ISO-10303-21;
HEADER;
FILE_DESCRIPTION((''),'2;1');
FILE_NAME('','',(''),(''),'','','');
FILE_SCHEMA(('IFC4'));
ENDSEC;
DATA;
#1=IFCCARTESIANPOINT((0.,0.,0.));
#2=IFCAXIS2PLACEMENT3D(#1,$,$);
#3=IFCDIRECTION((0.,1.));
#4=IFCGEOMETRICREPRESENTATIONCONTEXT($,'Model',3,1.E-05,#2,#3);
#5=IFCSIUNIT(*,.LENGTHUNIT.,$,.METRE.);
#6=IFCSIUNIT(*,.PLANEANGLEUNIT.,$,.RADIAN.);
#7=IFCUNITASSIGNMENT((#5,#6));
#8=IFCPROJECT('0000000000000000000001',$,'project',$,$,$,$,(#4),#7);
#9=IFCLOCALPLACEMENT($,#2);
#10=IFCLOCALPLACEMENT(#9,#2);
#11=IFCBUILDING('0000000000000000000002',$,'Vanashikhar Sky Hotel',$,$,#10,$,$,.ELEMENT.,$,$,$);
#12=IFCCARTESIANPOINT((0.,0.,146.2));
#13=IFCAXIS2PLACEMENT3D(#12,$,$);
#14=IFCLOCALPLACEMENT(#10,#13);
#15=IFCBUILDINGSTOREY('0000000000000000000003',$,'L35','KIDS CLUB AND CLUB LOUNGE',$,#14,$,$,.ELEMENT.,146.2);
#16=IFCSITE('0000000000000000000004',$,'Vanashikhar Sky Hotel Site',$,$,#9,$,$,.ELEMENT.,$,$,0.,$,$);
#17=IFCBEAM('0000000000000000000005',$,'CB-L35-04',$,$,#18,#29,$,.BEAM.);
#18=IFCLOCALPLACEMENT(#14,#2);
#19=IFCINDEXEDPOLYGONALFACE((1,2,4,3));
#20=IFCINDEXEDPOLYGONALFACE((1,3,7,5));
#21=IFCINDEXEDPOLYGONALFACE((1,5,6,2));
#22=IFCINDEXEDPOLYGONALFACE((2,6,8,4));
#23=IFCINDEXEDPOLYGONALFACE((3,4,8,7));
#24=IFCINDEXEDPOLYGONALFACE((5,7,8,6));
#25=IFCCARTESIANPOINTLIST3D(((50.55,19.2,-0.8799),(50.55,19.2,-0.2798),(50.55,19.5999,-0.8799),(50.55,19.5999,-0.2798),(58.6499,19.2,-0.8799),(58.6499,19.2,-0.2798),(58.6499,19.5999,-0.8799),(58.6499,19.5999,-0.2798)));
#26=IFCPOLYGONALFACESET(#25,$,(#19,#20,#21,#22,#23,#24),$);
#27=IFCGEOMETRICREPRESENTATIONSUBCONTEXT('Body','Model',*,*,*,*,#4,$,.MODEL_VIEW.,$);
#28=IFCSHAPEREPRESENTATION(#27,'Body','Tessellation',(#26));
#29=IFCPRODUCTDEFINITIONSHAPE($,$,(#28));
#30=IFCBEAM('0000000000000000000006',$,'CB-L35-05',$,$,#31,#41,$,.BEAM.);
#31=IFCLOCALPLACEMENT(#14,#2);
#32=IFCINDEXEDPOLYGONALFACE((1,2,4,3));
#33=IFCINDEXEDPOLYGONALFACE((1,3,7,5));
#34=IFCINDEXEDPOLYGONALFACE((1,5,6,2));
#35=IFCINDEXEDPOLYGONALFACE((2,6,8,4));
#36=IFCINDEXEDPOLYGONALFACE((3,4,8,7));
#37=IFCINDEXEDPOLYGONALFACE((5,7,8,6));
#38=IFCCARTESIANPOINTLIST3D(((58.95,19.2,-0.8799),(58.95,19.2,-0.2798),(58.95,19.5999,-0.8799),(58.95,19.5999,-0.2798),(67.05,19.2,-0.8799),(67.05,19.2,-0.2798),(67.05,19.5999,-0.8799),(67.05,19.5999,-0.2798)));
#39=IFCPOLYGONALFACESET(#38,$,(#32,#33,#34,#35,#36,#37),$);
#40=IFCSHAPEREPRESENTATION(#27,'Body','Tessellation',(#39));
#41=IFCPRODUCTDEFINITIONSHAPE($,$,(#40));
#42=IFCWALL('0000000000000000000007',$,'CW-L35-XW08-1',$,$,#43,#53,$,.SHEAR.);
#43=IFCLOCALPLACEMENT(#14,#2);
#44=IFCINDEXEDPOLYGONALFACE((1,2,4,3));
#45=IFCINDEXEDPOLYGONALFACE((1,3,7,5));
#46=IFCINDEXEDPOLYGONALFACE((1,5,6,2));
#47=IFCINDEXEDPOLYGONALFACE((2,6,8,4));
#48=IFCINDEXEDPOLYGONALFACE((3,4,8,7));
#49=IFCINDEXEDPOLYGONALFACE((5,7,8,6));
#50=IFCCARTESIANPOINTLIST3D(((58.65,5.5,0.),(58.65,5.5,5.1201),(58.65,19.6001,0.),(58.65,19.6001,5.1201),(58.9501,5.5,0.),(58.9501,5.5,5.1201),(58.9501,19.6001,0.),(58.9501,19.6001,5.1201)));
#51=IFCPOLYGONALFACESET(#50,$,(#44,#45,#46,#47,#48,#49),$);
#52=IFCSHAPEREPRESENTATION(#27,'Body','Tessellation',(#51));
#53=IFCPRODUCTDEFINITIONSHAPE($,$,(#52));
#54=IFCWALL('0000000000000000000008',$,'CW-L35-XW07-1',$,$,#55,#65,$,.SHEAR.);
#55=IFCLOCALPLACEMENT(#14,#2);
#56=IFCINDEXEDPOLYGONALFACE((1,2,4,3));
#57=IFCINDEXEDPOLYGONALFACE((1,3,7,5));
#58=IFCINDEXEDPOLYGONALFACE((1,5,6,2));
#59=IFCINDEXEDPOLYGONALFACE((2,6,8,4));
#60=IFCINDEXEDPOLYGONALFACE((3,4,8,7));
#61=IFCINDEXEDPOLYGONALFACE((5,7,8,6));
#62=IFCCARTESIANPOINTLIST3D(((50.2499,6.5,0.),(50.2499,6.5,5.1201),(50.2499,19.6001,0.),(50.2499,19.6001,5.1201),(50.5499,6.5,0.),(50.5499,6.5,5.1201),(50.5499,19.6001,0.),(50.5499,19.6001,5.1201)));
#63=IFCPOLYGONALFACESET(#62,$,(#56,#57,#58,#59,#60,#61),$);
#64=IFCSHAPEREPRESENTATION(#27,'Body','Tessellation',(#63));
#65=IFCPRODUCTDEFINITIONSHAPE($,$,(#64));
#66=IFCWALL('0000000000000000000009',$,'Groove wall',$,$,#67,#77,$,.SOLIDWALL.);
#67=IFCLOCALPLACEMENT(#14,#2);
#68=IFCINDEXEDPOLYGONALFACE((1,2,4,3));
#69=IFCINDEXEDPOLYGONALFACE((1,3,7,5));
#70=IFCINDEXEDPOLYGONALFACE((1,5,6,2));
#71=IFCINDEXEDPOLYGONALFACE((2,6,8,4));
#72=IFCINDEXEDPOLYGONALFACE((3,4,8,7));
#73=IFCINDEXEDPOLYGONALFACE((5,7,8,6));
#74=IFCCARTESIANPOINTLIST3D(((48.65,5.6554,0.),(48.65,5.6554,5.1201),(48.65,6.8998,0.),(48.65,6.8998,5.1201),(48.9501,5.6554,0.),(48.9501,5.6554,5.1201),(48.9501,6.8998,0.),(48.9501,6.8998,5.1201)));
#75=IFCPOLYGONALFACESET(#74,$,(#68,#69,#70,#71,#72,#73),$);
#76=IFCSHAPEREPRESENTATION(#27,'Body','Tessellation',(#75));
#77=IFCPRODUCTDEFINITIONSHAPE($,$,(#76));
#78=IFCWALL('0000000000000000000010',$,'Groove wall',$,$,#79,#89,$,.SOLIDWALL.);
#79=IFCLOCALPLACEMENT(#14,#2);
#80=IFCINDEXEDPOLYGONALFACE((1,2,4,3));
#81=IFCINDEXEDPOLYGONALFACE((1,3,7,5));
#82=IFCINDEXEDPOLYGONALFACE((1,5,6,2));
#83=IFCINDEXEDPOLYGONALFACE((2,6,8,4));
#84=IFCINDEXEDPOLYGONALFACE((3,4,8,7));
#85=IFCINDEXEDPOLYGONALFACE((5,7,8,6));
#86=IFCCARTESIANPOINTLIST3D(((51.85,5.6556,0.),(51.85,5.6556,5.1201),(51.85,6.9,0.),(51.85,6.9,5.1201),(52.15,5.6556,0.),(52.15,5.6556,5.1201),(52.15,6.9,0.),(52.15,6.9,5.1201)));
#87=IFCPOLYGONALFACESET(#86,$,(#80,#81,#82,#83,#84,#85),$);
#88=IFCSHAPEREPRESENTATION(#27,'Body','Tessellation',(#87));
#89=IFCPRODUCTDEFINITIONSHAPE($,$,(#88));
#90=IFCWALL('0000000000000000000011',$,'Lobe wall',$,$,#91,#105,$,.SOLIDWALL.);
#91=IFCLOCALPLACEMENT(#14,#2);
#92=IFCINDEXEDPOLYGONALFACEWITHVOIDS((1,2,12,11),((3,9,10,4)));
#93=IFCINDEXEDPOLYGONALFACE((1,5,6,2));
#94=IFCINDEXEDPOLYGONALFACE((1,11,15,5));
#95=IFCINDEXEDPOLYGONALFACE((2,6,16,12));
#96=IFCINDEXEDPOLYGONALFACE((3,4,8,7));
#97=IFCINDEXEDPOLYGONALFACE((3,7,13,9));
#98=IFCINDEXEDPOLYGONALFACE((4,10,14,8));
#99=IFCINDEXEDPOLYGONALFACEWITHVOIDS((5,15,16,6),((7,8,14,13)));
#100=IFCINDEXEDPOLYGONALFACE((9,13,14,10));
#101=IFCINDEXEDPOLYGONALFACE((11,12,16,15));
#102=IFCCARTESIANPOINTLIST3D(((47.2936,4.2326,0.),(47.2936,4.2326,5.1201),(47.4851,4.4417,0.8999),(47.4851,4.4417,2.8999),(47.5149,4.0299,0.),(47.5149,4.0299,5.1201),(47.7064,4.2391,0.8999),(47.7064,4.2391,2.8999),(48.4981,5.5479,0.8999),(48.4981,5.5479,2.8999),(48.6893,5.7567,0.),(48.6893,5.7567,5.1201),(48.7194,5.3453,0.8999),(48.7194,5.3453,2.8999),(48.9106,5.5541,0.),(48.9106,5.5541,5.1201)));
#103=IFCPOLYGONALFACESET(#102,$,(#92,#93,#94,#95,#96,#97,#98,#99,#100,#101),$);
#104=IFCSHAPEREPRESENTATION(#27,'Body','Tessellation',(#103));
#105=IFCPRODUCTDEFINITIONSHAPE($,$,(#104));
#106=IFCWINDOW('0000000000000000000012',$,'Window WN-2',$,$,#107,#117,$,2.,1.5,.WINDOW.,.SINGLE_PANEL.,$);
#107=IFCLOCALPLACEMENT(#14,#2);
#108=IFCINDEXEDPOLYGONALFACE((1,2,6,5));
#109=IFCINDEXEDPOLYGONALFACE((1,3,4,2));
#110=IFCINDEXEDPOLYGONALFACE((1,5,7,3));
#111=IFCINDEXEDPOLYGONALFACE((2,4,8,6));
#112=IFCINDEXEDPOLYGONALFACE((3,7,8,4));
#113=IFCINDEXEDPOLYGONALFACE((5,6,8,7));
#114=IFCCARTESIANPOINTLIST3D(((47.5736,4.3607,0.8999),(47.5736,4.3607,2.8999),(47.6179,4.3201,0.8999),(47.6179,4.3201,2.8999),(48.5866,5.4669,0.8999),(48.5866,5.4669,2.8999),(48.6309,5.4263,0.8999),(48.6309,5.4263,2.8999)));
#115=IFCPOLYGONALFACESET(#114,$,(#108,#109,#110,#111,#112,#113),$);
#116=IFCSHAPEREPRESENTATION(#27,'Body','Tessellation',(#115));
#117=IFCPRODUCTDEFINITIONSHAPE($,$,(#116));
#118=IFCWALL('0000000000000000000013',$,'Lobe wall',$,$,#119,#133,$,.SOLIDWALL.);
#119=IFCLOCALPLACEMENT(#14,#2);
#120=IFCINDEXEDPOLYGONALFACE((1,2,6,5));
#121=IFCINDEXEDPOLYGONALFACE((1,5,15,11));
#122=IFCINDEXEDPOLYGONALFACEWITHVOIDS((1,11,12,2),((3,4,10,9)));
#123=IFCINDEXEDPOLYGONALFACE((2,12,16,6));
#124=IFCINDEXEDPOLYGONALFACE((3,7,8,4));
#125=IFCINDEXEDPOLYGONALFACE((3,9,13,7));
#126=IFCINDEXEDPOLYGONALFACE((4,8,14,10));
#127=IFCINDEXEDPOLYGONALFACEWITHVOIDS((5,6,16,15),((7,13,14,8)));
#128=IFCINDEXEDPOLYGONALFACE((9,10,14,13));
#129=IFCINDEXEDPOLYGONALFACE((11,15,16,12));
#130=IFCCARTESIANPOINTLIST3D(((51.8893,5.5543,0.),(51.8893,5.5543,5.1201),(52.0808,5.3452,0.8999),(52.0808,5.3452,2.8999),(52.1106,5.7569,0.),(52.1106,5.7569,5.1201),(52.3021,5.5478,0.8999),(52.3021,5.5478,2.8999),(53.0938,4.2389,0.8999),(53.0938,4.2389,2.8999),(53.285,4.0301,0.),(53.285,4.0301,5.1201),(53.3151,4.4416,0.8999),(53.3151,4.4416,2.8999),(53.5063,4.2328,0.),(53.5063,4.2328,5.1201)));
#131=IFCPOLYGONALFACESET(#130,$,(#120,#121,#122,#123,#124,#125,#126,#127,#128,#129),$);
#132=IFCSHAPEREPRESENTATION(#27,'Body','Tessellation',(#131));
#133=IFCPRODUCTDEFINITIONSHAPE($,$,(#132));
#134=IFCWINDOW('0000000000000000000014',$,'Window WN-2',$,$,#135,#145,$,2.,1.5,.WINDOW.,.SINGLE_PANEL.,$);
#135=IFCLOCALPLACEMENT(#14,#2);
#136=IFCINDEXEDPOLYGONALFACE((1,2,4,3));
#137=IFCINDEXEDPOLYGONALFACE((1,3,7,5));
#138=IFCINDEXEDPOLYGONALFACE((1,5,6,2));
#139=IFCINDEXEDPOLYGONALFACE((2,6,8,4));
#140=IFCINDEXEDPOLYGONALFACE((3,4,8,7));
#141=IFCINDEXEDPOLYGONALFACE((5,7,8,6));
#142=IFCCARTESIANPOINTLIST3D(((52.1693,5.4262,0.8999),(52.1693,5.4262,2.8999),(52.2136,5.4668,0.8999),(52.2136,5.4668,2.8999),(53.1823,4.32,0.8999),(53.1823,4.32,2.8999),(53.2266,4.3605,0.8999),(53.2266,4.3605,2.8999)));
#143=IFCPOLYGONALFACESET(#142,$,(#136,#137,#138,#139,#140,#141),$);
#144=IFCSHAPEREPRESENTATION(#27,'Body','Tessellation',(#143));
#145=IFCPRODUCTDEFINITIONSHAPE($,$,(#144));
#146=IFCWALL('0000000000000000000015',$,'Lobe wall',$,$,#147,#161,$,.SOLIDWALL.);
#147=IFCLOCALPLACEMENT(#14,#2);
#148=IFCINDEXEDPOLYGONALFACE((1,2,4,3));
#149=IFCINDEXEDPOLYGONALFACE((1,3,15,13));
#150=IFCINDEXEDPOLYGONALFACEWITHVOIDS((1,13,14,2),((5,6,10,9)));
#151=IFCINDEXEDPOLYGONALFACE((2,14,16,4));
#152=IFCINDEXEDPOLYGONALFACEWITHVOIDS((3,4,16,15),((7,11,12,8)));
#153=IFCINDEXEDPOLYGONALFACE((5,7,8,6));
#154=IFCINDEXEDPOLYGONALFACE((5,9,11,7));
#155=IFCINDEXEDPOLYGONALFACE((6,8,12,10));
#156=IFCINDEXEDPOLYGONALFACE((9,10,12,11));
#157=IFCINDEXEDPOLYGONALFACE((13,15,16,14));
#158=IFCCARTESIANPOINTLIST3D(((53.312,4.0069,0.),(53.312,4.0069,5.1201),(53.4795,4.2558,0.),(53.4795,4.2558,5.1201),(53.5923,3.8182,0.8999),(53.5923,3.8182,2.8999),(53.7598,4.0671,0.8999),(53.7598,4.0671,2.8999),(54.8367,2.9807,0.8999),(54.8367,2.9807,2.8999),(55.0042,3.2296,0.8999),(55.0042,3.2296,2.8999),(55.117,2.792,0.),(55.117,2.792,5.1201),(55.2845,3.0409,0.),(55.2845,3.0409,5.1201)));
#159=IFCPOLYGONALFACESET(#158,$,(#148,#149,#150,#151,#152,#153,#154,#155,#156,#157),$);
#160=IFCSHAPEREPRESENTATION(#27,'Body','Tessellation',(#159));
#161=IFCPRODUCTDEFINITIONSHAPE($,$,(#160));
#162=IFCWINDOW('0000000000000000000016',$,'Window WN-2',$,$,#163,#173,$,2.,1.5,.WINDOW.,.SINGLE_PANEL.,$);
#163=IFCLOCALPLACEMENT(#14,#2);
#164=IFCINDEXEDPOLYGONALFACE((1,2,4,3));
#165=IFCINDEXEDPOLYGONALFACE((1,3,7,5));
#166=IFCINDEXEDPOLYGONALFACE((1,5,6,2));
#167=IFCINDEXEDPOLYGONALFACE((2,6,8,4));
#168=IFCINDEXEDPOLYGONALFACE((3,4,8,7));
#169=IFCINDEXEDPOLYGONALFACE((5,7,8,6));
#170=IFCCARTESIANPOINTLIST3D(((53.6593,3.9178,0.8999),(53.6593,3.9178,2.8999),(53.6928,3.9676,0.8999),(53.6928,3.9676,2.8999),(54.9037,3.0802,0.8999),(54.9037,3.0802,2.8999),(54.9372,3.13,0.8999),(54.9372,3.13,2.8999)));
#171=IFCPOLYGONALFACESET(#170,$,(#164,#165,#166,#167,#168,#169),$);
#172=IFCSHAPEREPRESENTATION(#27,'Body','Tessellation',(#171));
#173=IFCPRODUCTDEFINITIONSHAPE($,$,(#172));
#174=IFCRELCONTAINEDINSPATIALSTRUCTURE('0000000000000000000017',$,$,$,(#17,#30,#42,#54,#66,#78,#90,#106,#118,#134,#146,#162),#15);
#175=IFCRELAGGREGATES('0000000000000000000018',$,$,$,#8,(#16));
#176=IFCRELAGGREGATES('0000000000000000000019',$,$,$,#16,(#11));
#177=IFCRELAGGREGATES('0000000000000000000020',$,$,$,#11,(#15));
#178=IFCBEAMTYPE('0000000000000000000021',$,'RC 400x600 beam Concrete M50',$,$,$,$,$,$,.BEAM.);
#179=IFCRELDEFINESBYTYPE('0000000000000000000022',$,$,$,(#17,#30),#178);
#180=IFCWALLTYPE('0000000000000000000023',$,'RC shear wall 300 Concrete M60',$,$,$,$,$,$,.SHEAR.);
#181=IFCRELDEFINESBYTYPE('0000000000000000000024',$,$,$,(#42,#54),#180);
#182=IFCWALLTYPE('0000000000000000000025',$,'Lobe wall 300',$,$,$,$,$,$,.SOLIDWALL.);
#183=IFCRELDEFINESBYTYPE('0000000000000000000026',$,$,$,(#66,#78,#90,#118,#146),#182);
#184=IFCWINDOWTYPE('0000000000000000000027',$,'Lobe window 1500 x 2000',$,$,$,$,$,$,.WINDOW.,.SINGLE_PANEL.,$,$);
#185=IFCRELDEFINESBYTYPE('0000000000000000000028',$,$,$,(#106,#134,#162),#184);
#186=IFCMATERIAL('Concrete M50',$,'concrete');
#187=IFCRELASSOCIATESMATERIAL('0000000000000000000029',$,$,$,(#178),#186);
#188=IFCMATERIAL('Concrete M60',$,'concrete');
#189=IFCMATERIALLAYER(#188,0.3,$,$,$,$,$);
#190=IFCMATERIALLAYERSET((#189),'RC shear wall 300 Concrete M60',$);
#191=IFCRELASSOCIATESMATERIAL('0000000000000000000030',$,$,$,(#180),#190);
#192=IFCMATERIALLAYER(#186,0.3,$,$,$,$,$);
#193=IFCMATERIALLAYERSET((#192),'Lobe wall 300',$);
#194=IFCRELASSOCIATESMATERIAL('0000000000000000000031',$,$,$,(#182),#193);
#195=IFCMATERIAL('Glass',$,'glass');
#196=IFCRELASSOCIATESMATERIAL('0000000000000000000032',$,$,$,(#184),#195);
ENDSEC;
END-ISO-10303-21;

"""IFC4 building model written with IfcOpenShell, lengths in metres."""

from ifc_helpers import new_model, si_unit, direction, frame, frame_2d, origin, origin_2d, place, context, subcontext, project, spatial, rectangle, extrude, source, transform, mapped, material, layer, layer_set, material_profile, profile_set, type_object, element, fill, save


model = new_model("IFC4")

# Units and contexts
model_context = context("Model", 3, precision=1e-05, world=origin(), true_north=direction((0.0, 1.0)))
body_context = subcontext(model_context, "Body", "Model", "MODEL_VIEW")
ifc_project = project(units=[si_unit("LENGTHUNIT", "METRE"), si_unit("PLANEANGLEUNIT", "RADIAN")], contexts=[model_context])

# Site, building, storey
site_placement = place(None, origin())
site = spatial("IfcSite", under=ifc_project, at=site_placement, Name="Vanashikhar Sky Hotel Site", CompositionType="ELEMENT", RefElevation=0.0)
building_placement = place(site_placement, origin())
building = spatial("IfcBuilding", under=site, at=building_placement, Name="Vanashikhar Sky Hotel", CompositionType="ELEMENT")
storey_placement = place(building_placement, frame((0.0, 0.0, 146.2)))
storey = spatial("IfcBuildingStorey", under=building, at=storey_placement, Name="L35", Description="KIDS CLUB AND CLUB LOUNGE", CompositionType="ELEMENT", Elevation=146.2)

# Beams
ifc_material_1 = material(Name="Concrete M50", Category="concrete")
ifc_material_profile_1 = material_profile(ifc_material_1, rectangle(XDim=0.3999, YDim=0.6001, at=origin_2d()))
ifc_profile_set_1 = profile_set([ifc_material_profile_1], Name="RC 400x600 beam Concrete M50")
beam_type = type_object("IfcBeamType", Name="RC 400x600 beam Concrete M50", PredefinedType="BEAM", material=ifc_profile_set_1)
shared_shape_1 = source(origin(), body_context, "Body", "SweptSolid", [
    extrude(rectangle(XDim=0.3999, YDim=0.6001, at=origin_2d()), origin(), (0.0, 0.0, 1.0), 8.0999),
])
beam_1_placement = place(storey_placement, frame((50.55, 19.3999, -0.5798), z_axis=(1.0, 0.0, 0.0), x_axis=(0.0, 1.0, 0.0)))
element("IfcBeam", 1, at=beam_1_placement, inside=storey, type_object=beam_type, Name="CB-L35-04", PredefinedType="BEAM", context=body_context, shape_type="MappedRepresentation", body=[
    mapped(shared_shape_1, transform((0.0, 0.0, 0.0), scale=1.0)),
])
shared_shape_2 = source(origin(), body_context, "Body", "SweptSolid", [
    extrude(rectangle(XDim=0.3999, YDim=0.6001, at=origin_2d()), origin(), (0.0, 0.0, 1.0), 8.1001),
])
beam_2_placement = place(storey_placement, frame((58.95, 19.3999, -0.5798), z_axis=(1.0, 0.0, 0.0), x_axis=(0.0, 1.0, 0.0)))
element("IfcBeam", 2, at=beam_2_placement, inside=storey, type_object=beam_type, Name="CB-L35-05", PredefinedType="BEAM", context=body_context, shape_type="MappedRepresentation", body=[
    mapped(shared_shape_2, transform((0.0, 0.0, 0.0), scale=1.0)),
])

# Walls
ifc_material_2 = material(Name="Concrete M60", Category="concrete")
ifc_layer_1 = layer(ifc_material_2, 0.3)
ifc_layer_set_1 = layer_set([ifc_layer_1], Name="RC shear wall 300 Concrete M60")
wall_type_1 = type_object("IfcWallType", Name="RC shear wall 300 Concrete M60", PredefinedType="SHEAR", material=ifc_layer_set_1)
shared_shape_3 = source(origin(), body_context, "Body", "SweptSolid", [
    extrude(rectangle(XDim=14.1001, YDim=0.3, at=frame_2d((7.05, 0.0))), origin(), (0.0, 0.0, 1.0), 5.1201),
])
wall_1_placement = place(storey_placement, frame((58.8, 5.5, 0.0), z_axis=(0.0, 0.0, 1.0), x_axis=(0.0, 1.0, 0.0)))
element("IfcWall", 3, at=wall_1_placement, inside=storey, type_object=wall_type_1, Name="CW-L35-XW08-1", PredefinedType="SHEAR", context=body_context, shape_type="MappedRepresentation", body=[
    mapped(shared_shape_3, transform((0.0, 0.0, 0.0), scale=1.0)),
])
shared_shape_4 = source(origin(), body_context, "Body", "SweptSolid", [
    extrude(rectangle(XDim=13.1001, YDim=0.3, at=frame_2d((6.55, 0.0))), origin(), (0.0, 0.0, 1.0), 5.1201),
])
wall_2_placement = place(storey_placement, frame((50.3999, 6.5, 0.0), z_axis=(0.0, 0.0, 1.0), x_axis=(0.0, 1.0, 0.0)))
element("IfcWall", 4, at=wall_2_placement, inside=storey, type_object=wall_type_1, Name="CW-L35-XW07-1", PredefinedType="SHEAR", context=body_context, shape_type="MappedRepresentation", body=[
    mapped(shared_shape_4, transform((0.0, 0.0, 0.0), scale=1.0)),
])
ifc_layer_2 = layer(ifc_material_1, 0.3)
ifc_layer_set_2 = layer_set([ifc_layer_2], Name="Lobe wall 300")
wall_type_2 = type_object("IfcWallType", Name="Lobe wall 300", PredefinedType="SOLIDWALL", material=ifc_layer_set_2)
shared_shape_5 = source(origin(), body_context, "Body", "SweptSolid", [
    extrude(rectangle(XDim=1.2444, YDim=0.3, at=frame_2d((0.6221, 0.0))), origin(), (0.0, 0.0, 1.0), 5.1201),
])
for number, where, z_axis, x_axis, name in (
    (5, (48.8, 5.6555, 0.0), (0.0, 0.0, 1.0), (0.0, 1.0, 0.0), "Groove wall"),
    (6, (52.0, 6.8999, 0.0), (0.0, 0.0, 1.0), (0.0, -1.0, 0.0), "Groove wall"),
):
    element("IfcWall", number, at=place(storey_placement, frame(where, z_axis=z_axis, x_axis=x_axis)), inside=storey, type_object=wall_type_2, Name=name, PredefinedType="SOLIDWALL", context=body_context, shape_type="MappedRepresentation", body=[
        mapped(shared_shape_5, transform((0.0, 0.0, 0.0), scale=1.0)),
    ])

# Walls, openings, windows
shared_shape_6 = source(origin(), body_context, "Body", "SweptSolid", [
    extrude(rectangle(XDim=2.0667, YDim=0.3, at=frame_2d((1.0332, 0.0))), origin(), (0.0, 0.0, 1.0), 5.1201),
])
wall_3_placement = place(storey_placement, frame((47.4043, 4.1313, 0.0), z_axis=(0.0, 0.0, 1.0), x_axis=(0.675355, 0.737492, 0.0)))
wall_3 = element("IfcWall", 7, at=wall_3_placement, inside=storey, type_object=wall_type_2, Name="Lobe wall", PredefinedType="SOLIDWALL", context=body_context, shape_type="MappedRepresentation", body=[
    mapped(shared_shape_6, transform((0.0, 0.0, 0.0), scale=1.0)),
])
shared_shape_7 = source(origin(), body_context, "Body", "SweptSolid", [
    extrude(rectangle(XDim=1.5, YDim=2.0, at=frame_2d((0.75, 1.0))), frame((0.0, 0.1602, 0.0), z_axis=(0.0, -1.0, 0.0), x_axis=(1.0, 0.0, 0.0)), (0.0, 0.0, 1.0), 0.3201),
])
opening_1_placement = place(wall_3_placement, frame((0.2834, 0.0, 0.8999)))
opening_1 = element("IfcOpeningElement", 8, at=opening_1_placement, cuts=wall_3, PredefinedType="OPENING", context=body_context, shape_type="MappedRepresentation", body=[
    mapped(shared_shape_7, transform((0.0, 0.0, 0.0), scale=1.0)),
])
ifc_material_3 = material(Name="Glass", Category="glass")
window_type = type_object("IfcWindowType", Name="Lobe window 1500 x 2000", PartitioningType="SINGLE_PANEL", PredefinedType="WINDOW", material=ifc_material_3)
shared_shape_8 = source(origin(), body_context, "Body", "SweptSolid", [
    extrude(rectangle(XDim=1.5, YDim=2.0, at=frame_2d((0.75, 1.0))), frame((0.0, 0.03, 0.0), z_axis=(0.0, -1.0, 0.0), x_axis=(1.0, 0.0, 0.0)), (0.0, 0.0, 1.0), 0.0601),
])
window_1_placement = place(opening_1_placement, origin())
window_1 = element("IfcWindow", 9, at=window_1_placement, inside=storey, type_object=window_type, Name="Window WN-2", OverallHeight=2.0, OverallWidth=1.5, PartitioningType="SINGLE_PANEL", PredefinedType="WINDOW", context=body_context, shape_type="MappedRepresentation", body=[
    mapped(shared_shape_8, transform((0.0, 0.0, 0.0), scale=1.0)),
])
fill(opening_1, window_1)
wall_4_placement = place(storey_placement, frame((52.0, 5.6555, 0.0), z_axis=(0.0, 0.0, 1.0), x_axis=(0.675355, -0.737492, 0.0)))
wall_4 = element("IfcWall", 10, at=wall_4_placement, inside=storey, type_object=wall_type_2, Name="Lobe wall", PredefinedType="SOLIDWALL", context=body_context, shape_type="MappedRepresentation", body=[
    mapped(shared_shape_6, transform((0.0, 0.0, 0.0), scale=1.0)),
])
opening_2_placement = place(wall_4_placement, frame((0.2834, 0.0, 0.8999)))
opening_2 = element("IfcOpeningElement", 11, at=opening_2_placement, cuts=wall_4, PredefinedType="OPENING", context=body_context, shape_type="MappedRepresentation", body=[
    mapped(shared_shape_7, transform((0.0, 0.0, 0.0), scale=1.0)),
])
window_2_placement = place(opening_2_placement, origin())
window_2 = element("IfcWindow", 12, at=window_2_placement, inside=storey, type_object=window_type, Name="Window WN-2", OverallHeight=2.0, OverallWidth=1.5, PartitioningType="SINGLE_PANEL", PredefinedType="WINDOW", context=body_context, shape_type="MappedRepresentation", body=[
    mapped(shared_shape_8, transform((0.0, 0.0, 0.0), scale=1.0)),
])
fill(opening_2, window_2)
shared_shape_9 = source(origin(), body_context, "Body", "SweptSolid", [
    extrude(rectangle(XDim=2.1758, YDim=0.3, at=frame_2d((1.0879, 0.0))), origin(), (0.0, 0.0, 1.0), 5.1201),
])
wall_5_placement = place(storey_placement, frame((53.3958, 4.1313, 0.0), z_axis=(0.0, 0.0, 1.0), x_axis=(0.829591, -0.558372, 0.0)))
wall_5 = element("IfcWall", 13, at=wall_5_placement, inside=storey, type_object=wall_type_2, Name="Lobe wall", PredefinedType="SOLIDWALL", context=body_context, shape_type="MappedRepresentation", body=[
    mapped(shared_shape_9, transform((0.0, 0.0, 0.0), scale=1.0)),
])
opening_3_placement = place(wall_5_placement, frame((0.3379, 0.0, 0.8999)))
opening_3 = element("IfcOpeningElement", 14, at=opening_3_placement, cuts=wall_5, PredefinedType="OPENING", context=body_context, shape_type="MappedRepresentation", body=[
    mapped(shared_shape_7, transform((0.0, 0.0, 0.0), scale=1.0)),
])
window_3_placement = place(opening_3_placement, origin())
window_3 = element("IfcWindow", 15, at=window_3_placement, inside=storey, type_object=window_type, Name="Window WN-2", OverallHeight=2.0, OverallWidth=1.5, PartitioningType="SINGLE_PANEL", PredefinedType="WINDOW", context=body_context, shape_type="MappedRepresentation", body=[
    mapped(shared_shape_8, transform((0.0, 0.0, 0.0), scale=1.0)),
])
fill(opening_3, window_3)

save(model, "model.ifc")
